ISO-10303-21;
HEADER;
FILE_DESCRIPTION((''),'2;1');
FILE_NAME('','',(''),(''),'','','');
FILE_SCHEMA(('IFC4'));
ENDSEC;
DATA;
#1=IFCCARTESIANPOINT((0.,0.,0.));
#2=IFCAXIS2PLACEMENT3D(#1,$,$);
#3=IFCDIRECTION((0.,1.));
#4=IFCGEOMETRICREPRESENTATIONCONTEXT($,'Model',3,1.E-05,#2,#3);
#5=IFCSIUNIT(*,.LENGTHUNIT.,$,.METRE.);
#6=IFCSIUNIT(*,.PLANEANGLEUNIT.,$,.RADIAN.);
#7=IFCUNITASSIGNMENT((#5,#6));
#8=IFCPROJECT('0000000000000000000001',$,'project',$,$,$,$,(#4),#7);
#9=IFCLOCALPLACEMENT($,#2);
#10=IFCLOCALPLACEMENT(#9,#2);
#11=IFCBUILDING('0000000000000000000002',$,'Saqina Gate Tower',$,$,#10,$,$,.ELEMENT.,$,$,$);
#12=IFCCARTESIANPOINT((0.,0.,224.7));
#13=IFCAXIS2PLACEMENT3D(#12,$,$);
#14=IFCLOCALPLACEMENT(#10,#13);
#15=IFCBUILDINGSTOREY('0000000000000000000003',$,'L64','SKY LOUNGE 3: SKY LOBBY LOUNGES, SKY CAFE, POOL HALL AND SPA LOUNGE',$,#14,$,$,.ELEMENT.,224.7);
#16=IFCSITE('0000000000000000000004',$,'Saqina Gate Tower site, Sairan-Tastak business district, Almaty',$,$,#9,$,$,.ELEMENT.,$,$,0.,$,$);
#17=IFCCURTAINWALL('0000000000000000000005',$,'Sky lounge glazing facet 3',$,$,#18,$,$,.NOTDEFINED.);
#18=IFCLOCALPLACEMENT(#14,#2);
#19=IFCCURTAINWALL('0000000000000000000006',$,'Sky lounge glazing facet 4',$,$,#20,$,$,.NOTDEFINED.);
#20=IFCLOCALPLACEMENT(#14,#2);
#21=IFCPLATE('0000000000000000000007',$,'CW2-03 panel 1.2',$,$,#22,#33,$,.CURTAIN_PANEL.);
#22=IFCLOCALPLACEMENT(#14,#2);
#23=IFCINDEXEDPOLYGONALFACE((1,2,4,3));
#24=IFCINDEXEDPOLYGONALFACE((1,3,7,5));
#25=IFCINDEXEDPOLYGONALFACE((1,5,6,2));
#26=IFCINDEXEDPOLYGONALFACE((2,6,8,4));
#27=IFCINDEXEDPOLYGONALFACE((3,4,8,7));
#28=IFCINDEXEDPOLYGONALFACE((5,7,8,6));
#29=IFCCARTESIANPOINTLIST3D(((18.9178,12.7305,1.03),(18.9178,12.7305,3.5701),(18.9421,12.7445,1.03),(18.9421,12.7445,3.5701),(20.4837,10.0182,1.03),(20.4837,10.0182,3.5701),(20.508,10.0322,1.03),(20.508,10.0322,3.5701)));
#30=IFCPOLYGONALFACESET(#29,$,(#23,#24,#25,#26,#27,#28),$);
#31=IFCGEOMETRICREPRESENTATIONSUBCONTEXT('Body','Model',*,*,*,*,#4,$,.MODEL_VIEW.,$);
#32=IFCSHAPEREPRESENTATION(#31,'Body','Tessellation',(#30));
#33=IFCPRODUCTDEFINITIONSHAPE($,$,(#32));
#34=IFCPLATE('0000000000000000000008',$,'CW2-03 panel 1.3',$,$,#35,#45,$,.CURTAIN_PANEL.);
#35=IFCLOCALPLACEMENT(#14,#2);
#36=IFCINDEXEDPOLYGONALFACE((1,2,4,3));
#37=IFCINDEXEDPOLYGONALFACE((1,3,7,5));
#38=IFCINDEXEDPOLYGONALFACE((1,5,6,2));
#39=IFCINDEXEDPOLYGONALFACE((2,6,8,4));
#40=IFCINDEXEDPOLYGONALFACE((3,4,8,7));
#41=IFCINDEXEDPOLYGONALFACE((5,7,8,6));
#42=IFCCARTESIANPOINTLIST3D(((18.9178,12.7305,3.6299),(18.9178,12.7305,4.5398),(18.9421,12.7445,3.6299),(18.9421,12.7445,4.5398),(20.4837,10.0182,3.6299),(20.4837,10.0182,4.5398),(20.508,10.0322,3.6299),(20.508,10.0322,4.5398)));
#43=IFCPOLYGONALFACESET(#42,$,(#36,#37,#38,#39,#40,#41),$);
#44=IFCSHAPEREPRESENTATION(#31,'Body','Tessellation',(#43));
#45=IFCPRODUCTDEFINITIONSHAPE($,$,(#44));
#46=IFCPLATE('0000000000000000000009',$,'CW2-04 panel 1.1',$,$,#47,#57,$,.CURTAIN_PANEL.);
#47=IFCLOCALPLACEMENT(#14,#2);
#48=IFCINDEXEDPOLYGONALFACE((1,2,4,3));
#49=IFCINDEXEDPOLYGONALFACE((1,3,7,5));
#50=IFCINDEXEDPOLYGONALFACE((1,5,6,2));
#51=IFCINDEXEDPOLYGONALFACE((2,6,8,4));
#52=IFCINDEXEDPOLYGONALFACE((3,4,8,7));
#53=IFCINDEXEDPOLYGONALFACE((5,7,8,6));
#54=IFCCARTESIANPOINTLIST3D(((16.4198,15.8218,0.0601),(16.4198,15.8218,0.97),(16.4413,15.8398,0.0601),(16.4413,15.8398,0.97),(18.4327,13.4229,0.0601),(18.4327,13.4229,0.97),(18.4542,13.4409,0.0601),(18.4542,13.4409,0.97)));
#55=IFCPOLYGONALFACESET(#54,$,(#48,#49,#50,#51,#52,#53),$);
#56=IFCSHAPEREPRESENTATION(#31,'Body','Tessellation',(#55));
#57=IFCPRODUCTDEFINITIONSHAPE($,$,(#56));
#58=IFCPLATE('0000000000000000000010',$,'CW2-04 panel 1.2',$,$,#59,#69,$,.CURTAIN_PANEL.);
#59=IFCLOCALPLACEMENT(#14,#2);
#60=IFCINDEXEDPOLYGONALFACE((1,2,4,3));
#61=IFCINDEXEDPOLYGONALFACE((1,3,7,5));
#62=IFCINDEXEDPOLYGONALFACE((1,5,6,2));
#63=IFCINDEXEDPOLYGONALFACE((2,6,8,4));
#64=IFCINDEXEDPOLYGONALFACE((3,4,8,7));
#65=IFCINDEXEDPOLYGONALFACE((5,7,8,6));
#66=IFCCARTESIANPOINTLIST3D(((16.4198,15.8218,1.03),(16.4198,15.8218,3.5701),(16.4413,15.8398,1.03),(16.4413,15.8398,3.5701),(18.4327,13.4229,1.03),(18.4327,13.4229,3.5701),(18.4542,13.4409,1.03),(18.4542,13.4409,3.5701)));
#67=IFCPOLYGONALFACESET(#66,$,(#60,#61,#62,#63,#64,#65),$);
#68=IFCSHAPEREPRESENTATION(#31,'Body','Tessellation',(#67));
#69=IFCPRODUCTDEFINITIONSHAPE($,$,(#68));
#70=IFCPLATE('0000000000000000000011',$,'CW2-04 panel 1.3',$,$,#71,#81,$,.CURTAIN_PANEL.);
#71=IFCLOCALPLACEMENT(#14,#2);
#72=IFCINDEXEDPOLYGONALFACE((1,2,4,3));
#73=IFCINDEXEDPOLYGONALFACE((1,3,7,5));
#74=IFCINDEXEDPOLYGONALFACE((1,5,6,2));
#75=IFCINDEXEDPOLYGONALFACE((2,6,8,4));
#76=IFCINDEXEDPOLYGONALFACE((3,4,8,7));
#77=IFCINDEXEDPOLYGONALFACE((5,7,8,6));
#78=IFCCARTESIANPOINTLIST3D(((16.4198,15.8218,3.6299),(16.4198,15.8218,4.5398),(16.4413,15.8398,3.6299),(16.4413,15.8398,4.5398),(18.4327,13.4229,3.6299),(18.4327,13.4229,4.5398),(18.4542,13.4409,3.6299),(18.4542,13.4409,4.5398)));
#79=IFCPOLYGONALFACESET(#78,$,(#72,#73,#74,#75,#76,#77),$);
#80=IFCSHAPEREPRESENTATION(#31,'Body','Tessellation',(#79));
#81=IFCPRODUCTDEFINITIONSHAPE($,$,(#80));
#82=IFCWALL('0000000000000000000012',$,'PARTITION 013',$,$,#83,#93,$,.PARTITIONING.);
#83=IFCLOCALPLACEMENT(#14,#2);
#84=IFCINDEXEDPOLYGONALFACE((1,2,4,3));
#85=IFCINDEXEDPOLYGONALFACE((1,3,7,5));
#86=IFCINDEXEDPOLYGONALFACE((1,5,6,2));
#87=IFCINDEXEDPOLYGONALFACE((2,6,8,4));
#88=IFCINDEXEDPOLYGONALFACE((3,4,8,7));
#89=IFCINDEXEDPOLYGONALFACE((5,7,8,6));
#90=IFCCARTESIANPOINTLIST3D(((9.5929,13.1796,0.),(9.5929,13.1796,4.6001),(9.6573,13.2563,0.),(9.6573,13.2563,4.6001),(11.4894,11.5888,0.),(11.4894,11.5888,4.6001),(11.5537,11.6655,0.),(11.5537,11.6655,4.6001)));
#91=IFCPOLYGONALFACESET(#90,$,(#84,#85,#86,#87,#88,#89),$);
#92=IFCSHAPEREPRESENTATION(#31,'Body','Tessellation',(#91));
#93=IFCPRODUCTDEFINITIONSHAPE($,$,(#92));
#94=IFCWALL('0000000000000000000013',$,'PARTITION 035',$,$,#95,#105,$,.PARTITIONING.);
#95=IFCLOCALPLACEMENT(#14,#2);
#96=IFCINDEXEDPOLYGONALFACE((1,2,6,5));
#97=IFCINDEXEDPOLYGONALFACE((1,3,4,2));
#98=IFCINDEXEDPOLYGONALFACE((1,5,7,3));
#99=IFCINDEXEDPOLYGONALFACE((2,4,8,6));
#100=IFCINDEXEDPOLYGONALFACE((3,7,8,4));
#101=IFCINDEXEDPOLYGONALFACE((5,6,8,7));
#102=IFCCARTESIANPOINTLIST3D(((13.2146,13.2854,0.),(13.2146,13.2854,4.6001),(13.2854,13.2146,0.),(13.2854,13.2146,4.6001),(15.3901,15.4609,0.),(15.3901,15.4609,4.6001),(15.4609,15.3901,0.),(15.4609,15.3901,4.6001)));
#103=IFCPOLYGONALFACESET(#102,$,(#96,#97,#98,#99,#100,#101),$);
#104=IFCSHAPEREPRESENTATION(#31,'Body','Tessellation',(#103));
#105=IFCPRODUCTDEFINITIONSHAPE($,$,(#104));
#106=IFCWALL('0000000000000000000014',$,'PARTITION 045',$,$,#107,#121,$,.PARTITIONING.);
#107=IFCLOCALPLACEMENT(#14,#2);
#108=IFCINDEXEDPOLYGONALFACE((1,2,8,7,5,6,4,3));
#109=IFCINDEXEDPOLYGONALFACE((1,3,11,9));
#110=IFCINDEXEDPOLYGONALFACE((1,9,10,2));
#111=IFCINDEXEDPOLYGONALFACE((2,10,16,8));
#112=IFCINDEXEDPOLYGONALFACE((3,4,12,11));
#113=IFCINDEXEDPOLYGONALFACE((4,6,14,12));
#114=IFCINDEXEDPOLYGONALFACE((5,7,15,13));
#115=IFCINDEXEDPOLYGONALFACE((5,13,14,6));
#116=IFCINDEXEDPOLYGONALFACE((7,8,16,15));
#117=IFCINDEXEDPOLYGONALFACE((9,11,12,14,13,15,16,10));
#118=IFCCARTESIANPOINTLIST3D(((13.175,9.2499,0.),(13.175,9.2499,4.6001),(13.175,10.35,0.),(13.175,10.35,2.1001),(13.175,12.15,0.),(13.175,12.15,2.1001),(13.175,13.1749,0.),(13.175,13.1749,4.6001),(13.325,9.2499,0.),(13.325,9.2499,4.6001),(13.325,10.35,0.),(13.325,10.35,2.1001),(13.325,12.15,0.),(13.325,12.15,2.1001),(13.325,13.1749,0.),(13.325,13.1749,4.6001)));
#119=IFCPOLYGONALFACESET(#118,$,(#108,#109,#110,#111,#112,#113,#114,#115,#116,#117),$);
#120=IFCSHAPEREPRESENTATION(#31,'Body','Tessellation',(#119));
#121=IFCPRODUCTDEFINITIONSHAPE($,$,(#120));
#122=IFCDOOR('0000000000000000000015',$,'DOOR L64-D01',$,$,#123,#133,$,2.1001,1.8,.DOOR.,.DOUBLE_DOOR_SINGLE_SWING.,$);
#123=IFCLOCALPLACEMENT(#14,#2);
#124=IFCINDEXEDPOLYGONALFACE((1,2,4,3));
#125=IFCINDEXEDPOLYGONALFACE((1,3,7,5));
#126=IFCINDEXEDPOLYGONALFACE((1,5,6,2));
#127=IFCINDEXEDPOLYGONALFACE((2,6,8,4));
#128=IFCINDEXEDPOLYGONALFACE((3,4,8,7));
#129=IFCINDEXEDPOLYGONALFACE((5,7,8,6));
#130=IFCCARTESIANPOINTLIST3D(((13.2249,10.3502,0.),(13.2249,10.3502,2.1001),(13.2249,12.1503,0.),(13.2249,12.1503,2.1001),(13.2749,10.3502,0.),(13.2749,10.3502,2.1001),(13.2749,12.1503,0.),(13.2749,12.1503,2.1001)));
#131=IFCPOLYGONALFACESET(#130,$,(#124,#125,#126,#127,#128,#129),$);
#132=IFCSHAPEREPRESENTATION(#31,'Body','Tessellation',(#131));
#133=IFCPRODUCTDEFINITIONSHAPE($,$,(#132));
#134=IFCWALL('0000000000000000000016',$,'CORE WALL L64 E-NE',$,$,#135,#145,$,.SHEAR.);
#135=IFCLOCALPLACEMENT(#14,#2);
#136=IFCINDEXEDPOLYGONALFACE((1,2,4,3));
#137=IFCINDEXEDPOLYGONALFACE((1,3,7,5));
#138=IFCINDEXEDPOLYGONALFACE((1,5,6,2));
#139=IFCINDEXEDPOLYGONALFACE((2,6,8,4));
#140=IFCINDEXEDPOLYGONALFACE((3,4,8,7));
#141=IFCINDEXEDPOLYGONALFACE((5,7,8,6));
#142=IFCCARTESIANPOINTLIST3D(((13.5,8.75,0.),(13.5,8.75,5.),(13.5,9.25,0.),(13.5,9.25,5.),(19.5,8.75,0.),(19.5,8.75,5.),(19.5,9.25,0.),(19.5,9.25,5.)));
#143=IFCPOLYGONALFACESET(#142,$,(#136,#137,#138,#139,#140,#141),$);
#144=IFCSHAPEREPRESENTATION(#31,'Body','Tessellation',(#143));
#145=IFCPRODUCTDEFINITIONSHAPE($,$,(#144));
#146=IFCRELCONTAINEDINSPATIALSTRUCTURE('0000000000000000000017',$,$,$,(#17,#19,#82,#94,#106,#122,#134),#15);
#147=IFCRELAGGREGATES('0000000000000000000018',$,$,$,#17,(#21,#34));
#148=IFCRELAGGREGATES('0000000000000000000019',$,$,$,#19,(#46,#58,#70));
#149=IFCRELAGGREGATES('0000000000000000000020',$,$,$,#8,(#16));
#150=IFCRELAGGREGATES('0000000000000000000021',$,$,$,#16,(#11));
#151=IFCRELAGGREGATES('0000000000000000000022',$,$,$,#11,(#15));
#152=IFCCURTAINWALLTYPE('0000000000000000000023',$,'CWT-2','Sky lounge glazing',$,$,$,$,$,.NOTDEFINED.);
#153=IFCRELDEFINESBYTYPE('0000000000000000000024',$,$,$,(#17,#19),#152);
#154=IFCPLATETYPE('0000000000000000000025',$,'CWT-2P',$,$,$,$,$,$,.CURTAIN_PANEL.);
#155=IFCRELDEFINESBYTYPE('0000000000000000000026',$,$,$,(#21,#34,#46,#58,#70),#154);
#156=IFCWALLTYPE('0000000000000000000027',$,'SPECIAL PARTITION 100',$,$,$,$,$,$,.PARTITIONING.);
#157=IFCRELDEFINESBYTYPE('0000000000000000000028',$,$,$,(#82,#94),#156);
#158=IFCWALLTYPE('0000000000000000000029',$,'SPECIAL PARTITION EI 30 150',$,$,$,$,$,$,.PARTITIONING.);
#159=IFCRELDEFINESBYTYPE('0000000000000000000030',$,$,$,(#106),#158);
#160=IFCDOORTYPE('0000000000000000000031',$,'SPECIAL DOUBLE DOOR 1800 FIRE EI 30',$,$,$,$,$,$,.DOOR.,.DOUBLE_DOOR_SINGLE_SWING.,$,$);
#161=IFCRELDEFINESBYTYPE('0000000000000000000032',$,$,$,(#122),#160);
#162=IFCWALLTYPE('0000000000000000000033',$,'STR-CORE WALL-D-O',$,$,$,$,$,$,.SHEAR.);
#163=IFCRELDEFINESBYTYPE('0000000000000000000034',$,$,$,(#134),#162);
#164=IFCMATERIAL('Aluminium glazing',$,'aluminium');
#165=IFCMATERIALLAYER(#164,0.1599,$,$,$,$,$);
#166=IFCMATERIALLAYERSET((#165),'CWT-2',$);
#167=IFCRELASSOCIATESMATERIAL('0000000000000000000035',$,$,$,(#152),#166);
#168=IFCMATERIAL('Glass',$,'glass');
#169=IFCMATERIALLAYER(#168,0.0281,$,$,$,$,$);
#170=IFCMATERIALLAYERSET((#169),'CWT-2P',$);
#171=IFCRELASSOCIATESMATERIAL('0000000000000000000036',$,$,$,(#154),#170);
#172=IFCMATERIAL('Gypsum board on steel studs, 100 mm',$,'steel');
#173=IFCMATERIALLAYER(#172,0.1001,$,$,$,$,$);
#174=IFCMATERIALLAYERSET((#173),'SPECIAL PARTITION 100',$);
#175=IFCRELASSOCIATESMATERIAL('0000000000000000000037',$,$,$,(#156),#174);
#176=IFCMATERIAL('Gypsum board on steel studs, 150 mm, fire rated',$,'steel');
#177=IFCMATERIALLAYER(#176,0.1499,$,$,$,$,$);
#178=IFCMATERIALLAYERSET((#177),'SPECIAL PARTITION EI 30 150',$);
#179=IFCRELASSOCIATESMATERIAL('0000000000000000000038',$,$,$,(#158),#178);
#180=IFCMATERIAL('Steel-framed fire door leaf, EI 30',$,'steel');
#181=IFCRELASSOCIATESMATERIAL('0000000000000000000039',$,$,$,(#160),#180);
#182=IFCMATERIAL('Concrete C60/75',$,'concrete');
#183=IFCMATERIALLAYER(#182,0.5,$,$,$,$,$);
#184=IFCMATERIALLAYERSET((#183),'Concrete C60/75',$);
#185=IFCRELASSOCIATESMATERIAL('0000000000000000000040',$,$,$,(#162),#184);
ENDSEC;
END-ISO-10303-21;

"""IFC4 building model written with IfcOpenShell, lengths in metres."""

from ifc_helpers import new_model, si_unit, direction, frame, frame_2d, origin, origin_2d, place, context, subcontext, project, spatial, rectangle, extrude, material, layer, layer_set, type_object, element, fill, aggregate, save


model = new_model("IFC4")

# Units and contexts
model_context = context("Model", 3, precision=1e-05, world=origin(), true_north=direction((0.0, 1.0)))
body_context = subcontext(model_context, "Body", "Model", "MODEL_VIEW")
ifc_project = project(units=[si_unit("LENGTHUNIT", "METRE"), si_unit("PLANEANGLEUNIT", "RADIAN")], contexts=[model_context])

# Site, building, storey
site_placement = place(None, origin())
site = spatial("IfcSite", under=ifc_project, at=site_placement, Name="Saqina Gate Tower site, Sairan-Tastak business district, Almaty", CompositionType="ELEMENT", RefElevation=0.0)
building_placement = place(site_placement, origin())
building = spatial("IfcBuilding", under=site, at=building_placement, Name="Saqina Gate Tower", CompositionType="ELEMENT")
storey_placement = place(building_placement, frame((0.0, 0.0, 224.7)))
storey = spatial("IfcBuildingStorey", under=building, at=storey_placement, Name="L64", Description="SKY LOUNGE 3: SKY LOBBY LOUNGES, SKY CAFE, POOL HALL AND SPA LOUNGE", CompositionType="ELEMENT", Elevation=224.7)

# Curtain wall
ifc_material_1 = material(Name="Aluminium glazing", Category="aluminium")
ifc_layer_1 = layer(ifc_material_1, 0.1599)
ifc_layer_set_1 = layer_set([ifc_layer_1], Name="CWT-2")
curtain_wall_type = type_object("IfcCurtainWallType", Name="CWT-2", Description="Sky lounge glazing", PredefinedType="NOTDEFINED", material=ifc_layer_set_1)
curtain_wall_1_placement = place(storey_placement, origin())
curtain_wall_1 = element("IfcCurtainWall", 1, at=curtain_wall_1_placement, inside=storey, type_object=curtain_wall_type, Name="Sky lounge glazing facet 3", PredefinedType="NOTDEFINED")

# Curtain wall
curtain_wall_2_placement = place(storey_placement, origin())
curtain_wall_2 = element("IfcCurtainWall", 2, at=curtain_wall_2_placement, inside=storey, type_object=curtain_wall_type, Name="Sky lounge glazing facet 4", PredefinedType="NOTDEFINED")

# Plates
ifc_material_2 = material(Name="Glass", Category="glass")
ifc_layer_2 = layer(ifc_material_2, 0.0281)
ifc_layer_set_2 = layer_set([ifc_layer_2], Name="CWT-2P")
plate_type = type_object("IfcPlateType", Name="CWT-2P", PredefinedType="CURTAIN_PANEL", material=ifc_layer_set_2)
plate_1_placement = place(storey_placement, frame((19.7129, 11.3813, 1.03), z_axis=(0.0, 0.0, 1.0), x_axis=(-0.499982, 0.866036, 0.0)))
plate_1 = element("IfcPlate", 3, at=plate_1_placement, type_object=plate_type, Name="CW2-03 panel 1.2", PredefinedType="CURTAIN_PANEL", context=body_context, shape_type="SweptSolid", body=[
    extrude(rectangle(XDim=3.1318, YDim=0.0281, at=origin_2d()), origin(), (0.0, 0.0, 1.0), 2.54),
])
plate_2_placement = place(storey_placement, frame((19.7129, 11.3813, 3.6299), z_axis=(0.0, 0.0, 1.0), x_axis=(-0.499982, 0.866036, 0.0)))
plate_2 = element("IfcPlate", 4, at=plate_2_placement, type_object=plate_type, Name="CW2-03 panel 1.3", PredefinedType="CURTAIN_PANEL", context=body_context, shape_type="SweptSolid", body=[
    extrude(rectangle(XDim=3.1318, YDim=0.0281, at=origin_2d()), origin(), (0.0, 0.0, 1.0), 0.9099),
])
aggregate(curtain_wall_1, [plate_1, plate_2])
plate_3_placement = place(storey_placement, frame((17.437, 14.6313, 0.0601), z_axis=(0.0, 0.0, 1.0), x_axis=(-0.642785, 0.766046, 0.0)))
plate_3 = element("IfcPlate", 5, at=plate_3_placement, type_object=plate_type, Name="CW2-04 panel 1.1", PredefinedType="CURTAIN_PANEL", context=body_context, shape_type="SweptSolid", body=[
    extrude(rectangle(XDim=3.1316, YDim=0.0281, at=origin_2d()), origin(), (0.0, 0.0, 1.0), 0.9099),
])
plate_4_placement = place(storey_placement, frame((17.437, 14.6313, 1.03), z_axis=(0.0, 0.0, 1.0), x_axis=(-0.642785, 0.766046, 0.0)))
plate_4 = element("IfcPlate", 6, at=plate_4_placement, type_object=plate_type, Name="CW2-04 panel 1.2", PredefinedType="CURTAIN_PANEL", context=body_context, shape_type="SweptSolid", body=[
    extrude(rectangle(XDim=3.1316, YDim=0.0281, at=origin_2d()), origin(), (0.0, 0.0, 1.0), 2.54),
])
plate_5_placement = place(storey_placement, frame((17.437, 14.6313, 3.6299), z_axis=(0.0, 0.0, 1.0), x_axis=(-0.642785, 0.766046, 0.0)))
plate_5 = element("IfcPlate", 7, at=plate_5_placement, type_object=plate_type, Name="CW2-04 panel 1.3", PredefinedType="CURTAIN_PANEL", context=body_context, shape_type="SweptSolid", body=[
    extrude(rectangle(XDim=3.1316, YDim=0.0281, at=origin_2d()), origin(), (0.0, 0.0, 1.0), 0.9099),
])
aggregate(curtain_wall_2, [plate_3, plate_4, plate_5])

# Walls
ifc_material_3 = material(Name="Gypsum board on steel studs, 100 mm", Category="steel")
ifc_layer_3 = layer(ifc_material_3, 0.1001)
ifc_layer_set_3 = layer_set([ifc_layer_3], Name="SPECIAL PARTITION 100")
wall_type_1 = type_object("IfcWallType", Name="SPECIAL PARTITION 100", PredefinedType="PARTITIONING", material=ifc_layer_set_3)
wall_1_placement = place(storey_placement, frame((9.625, 13.218, 0.0), z_axis=(0.0, 0.0, 1.0), x_axis=(0.766148, -0.642665, 0.0)))
element("IfcWall", 8, at=wall_1_placement, inside=storey, type_object=wall_type_1, Name="PARTITION 013", PredefinedType="PARTITIONING", context=body_context, shape_type="SweptSolid", body=[
    extrude(rectangle(XDim=2.4753, YDim=0.1001, at=frame_2d((1.2378, 0.0))), origin(), (0.0, 0.0, 1.0), 4.6001),
])
wall_2_placement = place(storey_placement, frame((13.25, 13.25, 0.0), z_axis=(0.0, 0.0, 1.0), x_axis=(0.707107, 0.707107, 0.0)))
element("IfcWall", 9, at=wall_2_placement, inside=storey, type_object=wall_type_1, Name="PARTITION 035", PredefinedType="PARTITIONING", context=body_context, shape_type="SweptSolid", body=[
    extrude(rectangle(XDim=3.0767, YDim=0.1001, at=frame_2d((1.5383, 0.0))), origin(), (0.0, 0.0, 1.0), 4.6001),
])

# Wall, opening, door
ifc_material_4 = material(Name="Gypsum board on steel studs, 150 mm, fire rated", Category="steel")
ifc_layer_4 = layer(ifc_material_4, 0.1499)
ifc_layer_set_4 = layer_set([ifc_layer_4], Name="SPECIAL PARTITION EI 30 150")
wall_type_2 = type_object("IfcWallType", Name="SPECIAL PARTITION EI 30 150", PredefinedType="PARTITIONING", material=ifc_layer_set_4)
wall_3_placement = place(storey_placement, frame((13.25, 9.25, 0.0), z_axis=(0.0, 0.0, 1.0), x_axis=(0.0, 1.0, 0.0)))
wall_3 = element("IfcWall", 10, at=wall_3_placement, inside=storey, type_object=wall_type_2, Name="PARTITION 045", PredefinedType="PARTITIONING", context=body_context, shape_type="SweptSolid", body=[
    extrude(rectangle(XDim=3.925, YDim=0.1499, at=frame_2d((1.9624, 0.0))), origin(), (0.0, 0.0, 1.0), 4.6001),
])
opening_placement = place(wall_3_placement, frame((1.1001, 0.0, 0.0)))
opening = element("IfcOpeningElement", 11, at=opening_placement, cuts=wall_3, PredefinedType="OPENING", context=body_context, shape_type="SweptSolid", body=[
    extrude(rectangle(XDim=1.8, YDim=2.1001, at=frame_2d((0.8999, 1.05))), frame((0.0, 0.0869, 0.0), z_axis=(0.0, -1.0, 0.0), x_axis=(1.0, 0.0, 0.0)), (0.0, 0.0, 1.0), 0.1738),
])
ifc_material_5 = material(Name="Steel-framed fire door leaf, EI 30", Category="steel")
door_type = type_object("IfcDoorType", Name="SPECIAL DOUBLE DOOR 1800 FIRE EI 30", OperationType="DOUBLE_DOOR_SINGLE_SWING", PredefinedType="DOOR", material=ifc_material_5)
door_placement = place(opening_placement, frame((1.8, 0.0, 0.0), z_axis=(0.0, 0.0, 1.0), x_axis=(-1.0, 0.0, 0.0)))
door = element("IfcDoor", 12, at=door_placement, inside=storey, type_object=door_type, Name="DOOR L64-D01", OperationType="DOUBLE_DOOR_SINGLE_SWING", OverallHeight=2.1001, OverallWidth=1.8, PredefinedType="DOOR", context=body_context, shape_type="SweptSolid", body=[
    extrude(rectangle(XDim=1.8, YDim=2.1001, at=frame_2d((0.8999, 1.05))), frame((0.0, 0.0249, 0.0), z_axis=(0.0, -1.0, 0.0), x_axis=(1.0, 0.0, 0.0)), (0.0, 0.0, 1.0), 0.05),
])
fill(opening, door)

# Wall
ifc_material_6 = material(Name="Concrete C60/75", Category="concrete")
ifc_layer_5 = layer(ifc_material_6, 0.5)
ifc_layer_set_5 = layer_set([ifc_layer_5], Name="Concrete C60/75")
wall_type_3 = type_object("IfcWallType", Name="STR-CORE WALL-D-O", PredefinedType="SHEAR", material=ifc_layer_set_5)
wall_4_placement = place(storey_placement, frame((13.5, 9.0, 0.0), z_axis=(0.0, 0.0, 1.0), x_axis=(1.0, 0.0, 0.0)))
element("IfcWall", 13, at=wall_4_placement, inside=storey, type_object=wall_type_3, Name="CORE WALL L64 E-NE", PredefinedType="SHEAR", context=body_context, shape_type="SweptSolid", body=[
    extrude(rectangle(XDim=6.0, YDim=0.5, at=frame_2d((3.0, 0.0))), origin(), (0.0, 0.0, 1.0), 5.0),
])

save(model, "model.ifc")
